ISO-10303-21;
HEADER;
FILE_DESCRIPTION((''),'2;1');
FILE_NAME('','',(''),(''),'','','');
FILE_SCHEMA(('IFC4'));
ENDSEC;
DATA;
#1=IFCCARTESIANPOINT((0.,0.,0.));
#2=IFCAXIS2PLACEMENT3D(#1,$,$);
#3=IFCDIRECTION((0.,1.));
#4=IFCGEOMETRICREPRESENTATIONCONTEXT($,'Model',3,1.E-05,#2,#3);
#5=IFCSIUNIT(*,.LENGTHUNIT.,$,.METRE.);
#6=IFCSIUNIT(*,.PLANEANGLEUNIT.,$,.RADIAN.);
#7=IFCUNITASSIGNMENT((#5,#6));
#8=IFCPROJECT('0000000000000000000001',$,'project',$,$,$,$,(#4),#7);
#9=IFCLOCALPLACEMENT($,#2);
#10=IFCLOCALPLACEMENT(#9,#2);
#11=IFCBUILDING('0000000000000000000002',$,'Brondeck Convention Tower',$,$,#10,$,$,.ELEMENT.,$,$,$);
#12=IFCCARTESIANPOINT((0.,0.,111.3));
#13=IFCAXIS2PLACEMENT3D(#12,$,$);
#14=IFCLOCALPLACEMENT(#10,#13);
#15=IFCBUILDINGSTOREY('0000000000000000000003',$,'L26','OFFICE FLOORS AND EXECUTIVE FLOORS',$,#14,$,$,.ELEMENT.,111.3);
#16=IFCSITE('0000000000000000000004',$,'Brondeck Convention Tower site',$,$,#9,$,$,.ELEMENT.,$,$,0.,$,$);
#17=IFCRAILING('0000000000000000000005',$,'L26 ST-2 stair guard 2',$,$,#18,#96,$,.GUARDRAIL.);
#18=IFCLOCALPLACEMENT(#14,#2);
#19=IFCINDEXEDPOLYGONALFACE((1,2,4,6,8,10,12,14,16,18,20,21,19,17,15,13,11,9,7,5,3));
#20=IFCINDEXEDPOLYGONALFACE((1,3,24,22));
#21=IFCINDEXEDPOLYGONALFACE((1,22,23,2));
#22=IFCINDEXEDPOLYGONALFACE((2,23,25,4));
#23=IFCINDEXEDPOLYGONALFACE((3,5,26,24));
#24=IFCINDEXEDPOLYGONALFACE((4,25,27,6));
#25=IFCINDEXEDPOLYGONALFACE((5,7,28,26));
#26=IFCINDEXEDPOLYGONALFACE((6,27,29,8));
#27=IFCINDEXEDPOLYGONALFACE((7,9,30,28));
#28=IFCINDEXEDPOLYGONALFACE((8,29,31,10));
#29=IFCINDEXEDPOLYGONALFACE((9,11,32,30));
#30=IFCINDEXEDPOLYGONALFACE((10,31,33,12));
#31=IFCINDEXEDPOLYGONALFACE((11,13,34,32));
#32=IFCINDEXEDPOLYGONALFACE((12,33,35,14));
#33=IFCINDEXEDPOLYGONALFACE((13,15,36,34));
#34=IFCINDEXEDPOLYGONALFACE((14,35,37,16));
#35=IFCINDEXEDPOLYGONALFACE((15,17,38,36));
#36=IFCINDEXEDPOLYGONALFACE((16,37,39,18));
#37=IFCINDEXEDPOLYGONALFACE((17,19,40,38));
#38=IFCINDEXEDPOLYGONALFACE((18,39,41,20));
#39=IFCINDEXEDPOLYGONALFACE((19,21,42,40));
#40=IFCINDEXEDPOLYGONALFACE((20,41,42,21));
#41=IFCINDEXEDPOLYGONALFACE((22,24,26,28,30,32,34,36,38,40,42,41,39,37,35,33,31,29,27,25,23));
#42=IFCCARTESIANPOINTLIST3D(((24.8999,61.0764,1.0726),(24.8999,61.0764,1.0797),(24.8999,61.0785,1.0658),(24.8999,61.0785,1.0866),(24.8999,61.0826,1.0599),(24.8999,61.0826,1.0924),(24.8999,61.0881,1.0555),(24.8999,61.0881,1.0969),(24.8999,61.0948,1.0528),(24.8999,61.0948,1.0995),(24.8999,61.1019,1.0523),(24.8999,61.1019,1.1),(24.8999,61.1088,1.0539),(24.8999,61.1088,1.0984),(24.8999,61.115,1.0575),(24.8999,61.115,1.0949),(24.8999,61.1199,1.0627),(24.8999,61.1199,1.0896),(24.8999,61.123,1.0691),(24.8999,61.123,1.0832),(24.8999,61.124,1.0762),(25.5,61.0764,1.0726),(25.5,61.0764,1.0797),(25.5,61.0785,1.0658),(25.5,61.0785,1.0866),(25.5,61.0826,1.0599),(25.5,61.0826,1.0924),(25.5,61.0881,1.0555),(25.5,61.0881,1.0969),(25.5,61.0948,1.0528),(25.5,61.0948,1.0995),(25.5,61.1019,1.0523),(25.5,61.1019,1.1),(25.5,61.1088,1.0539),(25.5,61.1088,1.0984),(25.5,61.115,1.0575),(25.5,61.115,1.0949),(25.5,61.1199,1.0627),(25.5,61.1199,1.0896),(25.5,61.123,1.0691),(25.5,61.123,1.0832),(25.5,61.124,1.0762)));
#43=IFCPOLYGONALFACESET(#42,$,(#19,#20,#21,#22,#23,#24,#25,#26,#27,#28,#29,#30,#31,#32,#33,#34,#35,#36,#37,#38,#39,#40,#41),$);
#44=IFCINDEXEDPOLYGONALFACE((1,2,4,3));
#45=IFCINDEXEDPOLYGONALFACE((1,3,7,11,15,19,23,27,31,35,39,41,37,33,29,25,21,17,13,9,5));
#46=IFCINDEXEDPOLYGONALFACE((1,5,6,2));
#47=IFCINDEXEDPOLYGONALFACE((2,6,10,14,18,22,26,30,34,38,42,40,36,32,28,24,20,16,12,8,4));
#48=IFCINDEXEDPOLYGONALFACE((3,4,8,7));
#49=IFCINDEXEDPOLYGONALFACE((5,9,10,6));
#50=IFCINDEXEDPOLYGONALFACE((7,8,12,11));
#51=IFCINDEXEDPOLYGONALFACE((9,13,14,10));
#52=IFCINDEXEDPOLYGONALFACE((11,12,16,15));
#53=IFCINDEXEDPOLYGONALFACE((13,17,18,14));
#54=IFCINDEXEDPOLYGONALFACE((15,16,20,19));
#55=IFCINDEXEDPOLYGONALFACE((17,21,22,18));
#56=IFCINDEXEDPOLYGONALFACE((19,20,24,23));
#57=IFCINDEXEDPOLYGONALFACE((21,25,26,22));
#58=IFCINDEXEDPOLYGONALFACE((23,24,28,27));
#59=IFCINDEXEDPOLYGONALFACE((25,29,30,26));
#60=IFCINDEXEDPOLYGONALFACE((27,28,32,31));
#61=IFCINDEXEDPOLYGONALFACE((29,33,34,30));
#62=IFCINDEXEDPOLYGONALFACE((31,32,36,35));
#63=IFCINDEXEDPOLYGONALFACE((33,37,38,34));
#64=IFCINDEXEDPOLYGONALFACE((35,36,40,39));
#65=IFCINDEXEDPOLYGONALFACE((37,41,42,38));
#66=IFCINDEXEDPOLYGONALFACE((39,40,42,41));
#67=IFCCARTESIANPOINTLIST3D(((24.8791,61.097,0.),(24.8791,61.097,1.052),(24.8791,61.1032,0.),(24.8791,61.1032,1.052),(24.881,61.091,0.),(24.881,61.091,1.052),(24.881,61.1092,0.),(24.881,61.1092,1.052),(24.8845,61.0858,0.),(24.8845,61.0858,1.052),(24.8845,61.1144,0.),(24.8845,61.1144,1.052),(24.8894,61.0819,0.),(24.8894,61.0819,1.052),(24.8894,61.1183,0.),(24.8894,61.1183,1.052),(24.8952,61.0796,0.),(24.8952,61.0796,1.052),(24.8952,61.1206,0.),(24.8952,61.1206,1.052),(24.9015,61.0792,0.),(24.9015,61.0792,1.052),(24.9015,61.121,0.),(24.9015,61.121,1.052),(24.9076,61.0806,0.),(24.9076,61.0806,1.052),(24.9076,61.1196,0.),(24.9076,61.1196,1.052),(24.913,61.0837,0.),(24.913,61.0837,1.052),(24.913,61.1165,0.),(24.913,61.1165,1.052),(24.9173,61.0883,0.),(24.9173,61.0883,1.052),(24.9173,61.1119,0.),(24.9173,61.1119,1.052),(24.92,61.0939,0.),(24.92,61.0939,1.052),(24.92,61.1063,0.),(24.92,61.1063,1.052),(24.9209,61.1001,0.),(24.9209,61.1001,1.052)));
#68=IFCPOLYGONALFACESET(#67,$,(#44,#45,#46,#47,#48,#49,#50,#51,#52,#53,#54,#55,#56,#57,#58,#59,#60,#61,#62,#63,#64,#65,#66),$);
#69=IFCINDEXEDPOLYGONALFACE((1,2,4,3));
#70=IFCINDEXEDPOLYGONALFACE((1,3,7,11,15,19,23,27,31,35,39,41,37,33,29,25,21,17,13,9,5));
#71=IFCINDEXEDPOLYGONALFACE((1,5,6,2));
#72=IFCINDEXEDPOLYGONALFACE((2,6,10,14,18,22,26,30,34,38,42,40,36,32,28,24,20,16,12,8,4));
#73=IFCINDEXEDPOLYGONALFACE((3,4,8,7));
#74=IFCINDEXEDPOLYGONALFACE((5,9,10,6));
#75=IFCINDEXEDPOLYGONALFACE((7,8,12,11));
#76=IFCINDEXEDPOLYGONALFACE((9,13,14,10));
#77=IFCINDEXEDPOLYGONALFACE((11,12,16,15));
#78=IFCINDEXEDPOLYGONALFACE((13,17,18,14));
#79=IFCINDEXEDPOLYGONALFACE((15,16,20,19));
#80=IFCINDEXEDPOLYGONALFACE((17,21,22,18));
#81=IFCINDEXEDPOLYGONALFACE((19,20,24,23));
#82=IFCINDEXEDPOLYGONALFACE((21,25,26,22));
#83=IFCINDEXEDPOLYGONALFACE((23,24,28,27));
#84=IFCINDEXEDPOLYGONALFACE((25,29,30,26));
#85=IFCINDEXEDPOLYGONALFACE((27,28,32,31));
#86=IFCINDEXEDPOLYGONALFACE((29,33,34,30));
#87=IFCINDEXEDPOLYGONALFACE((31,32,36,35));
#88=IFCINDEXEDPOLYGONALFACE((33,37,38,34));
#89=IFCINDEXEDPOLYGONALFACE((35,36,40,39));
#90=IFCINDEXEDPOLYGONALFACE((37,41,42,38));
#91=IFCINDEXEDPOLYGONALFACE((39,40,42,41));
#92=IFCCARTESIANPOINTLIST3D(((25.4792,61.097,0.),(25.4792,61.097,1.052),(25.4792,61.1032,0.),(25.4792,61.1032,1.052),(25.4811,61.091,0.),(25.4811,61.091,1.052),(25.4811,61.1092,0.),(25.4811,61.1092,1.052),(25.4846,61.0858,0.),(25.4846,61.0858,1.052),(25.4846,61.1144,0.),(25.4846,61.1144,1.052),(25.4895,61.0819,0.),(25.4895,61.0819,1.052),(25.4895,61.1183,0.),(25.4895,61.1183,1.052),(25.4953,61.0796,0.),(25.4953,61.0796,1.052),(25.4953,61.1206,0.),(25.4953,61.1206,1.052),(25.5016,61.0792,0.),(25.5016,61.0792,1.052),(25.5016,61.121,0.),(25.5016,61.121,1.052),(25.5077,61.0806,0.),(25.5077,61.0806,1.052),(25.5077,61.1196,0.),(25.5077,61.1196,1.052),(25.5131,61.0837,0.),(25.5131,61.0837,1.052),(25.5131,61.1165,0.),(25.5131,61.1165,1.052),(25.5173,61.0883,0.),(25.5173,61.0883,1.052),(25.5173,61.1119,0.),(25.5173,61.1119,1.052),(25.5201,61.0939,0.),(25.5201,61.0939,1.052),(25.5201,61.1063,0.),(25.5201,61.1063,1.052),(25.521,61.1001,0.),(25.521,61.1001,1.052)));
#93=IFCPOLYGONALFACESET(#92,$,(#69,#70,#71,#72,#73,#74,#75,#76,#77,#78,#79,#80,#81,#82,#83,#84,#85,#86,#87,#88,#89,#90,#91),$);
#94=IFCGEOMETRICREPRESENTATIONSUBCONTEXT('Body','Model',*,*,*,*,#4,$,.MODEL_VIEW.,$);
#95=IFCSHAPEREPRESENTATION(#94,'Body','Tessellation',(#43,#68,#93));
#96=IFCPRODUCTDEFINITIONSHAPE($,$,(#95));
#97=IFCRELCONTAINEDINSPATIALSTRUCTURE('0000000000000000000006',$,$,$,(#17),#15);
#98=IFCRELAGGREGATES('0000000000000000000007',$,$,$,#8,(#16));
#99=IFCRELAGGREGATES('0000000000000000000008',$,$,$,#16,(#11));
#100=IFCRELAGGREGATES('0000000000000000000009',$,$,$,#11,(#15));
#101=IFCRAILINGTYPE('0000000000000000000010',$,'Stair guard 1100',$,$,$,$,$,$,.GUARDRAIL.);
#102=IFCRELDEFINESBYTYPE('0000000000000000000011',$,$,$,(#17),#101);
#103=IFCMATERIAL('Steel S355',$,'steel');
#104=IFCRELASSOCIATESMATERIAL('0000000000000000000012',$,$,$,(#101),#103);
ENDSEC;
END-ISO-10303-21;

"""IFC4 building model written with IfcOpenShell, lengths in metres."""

from ifc_helpers import new_model, si_unit, direction, frame, origin, origin_2d, place, context, subcontext, project, spatial, circle, extrude, material, type_object, element, save


model = new_model("IFC4")

# Units and contexts
model_context = context("Model", 3, precision=1e-05, world=origin(), true_north=direction((0.0, 1.0)))
body_context = subcontext(model_context, "Body", "Model", "MODEL_VIEW")
ifc_project = project(units=[si_unit("LENGTHUNIT", "METRE"), si_unit("PLANEANGLEUNIT", "RADIAN")], contexts=[model_context])

# Site, building, storey
site_placement = place(None, origin())
site = spatial("IfcSite", under=ifc_project, at=site_placement, Name="Brondeck Convention Tower site", CompositionType="ELEMENT", RefElevation=0.0)
building_placement = place(site_placement, origin())
building = spatial("IfcBuilding", under=site, at=building_placement, Name="Brondeck Convention Tower", CompositionType="ELEMENT")
storey_placement = place(building_placement, frame((0.0, 0.0, 111.3)))
storey = spatial("IfcBuildingStorey", under=building, at=storey_placement, Name="L26", Description="OFFICE FLOORS AND EXECUTIVE FLOORS", CompositionType="ELEMENT", Elevation=111.3)

# Shared definitions
ifc_material_1 = material(Name="Steel S355", Category="steel")

# Railing
railing_type_1 = type_object("IfcRailingType", Name="Stair guard 1100", PredefinedType="GUARDRAIL", material=ifc_material_1)
railing_1_placement = place(storey_placement, frame((24.8999, 61.1001, 0.0)))
element("IfcRailing", 1, at=railing_1_placement, inside=storey, type_object=railing_type_1, Name="L26 ST-2 stair guard 2", PredefinedType="GUARDRAIL", context=body_context, shape_type="SweptSolid", body=[
    extrude(circle(Radius=0.0239, at=origin_2d()), frame((0.0, 0.0, 1.0762), z_axis=(1.0, 0.0, 0.0), x_axis=(0.0, 1.0, 0.0)), (0.0, 0.0, 1.0), 0.6001),
    extrude(circle(Radius=0.021, at=origin_2d()), origin(), (0.0, 0.0, 1.0), 1.052),
    extrude(circle(Radius=0.021, at=origin_2d()), frame((0.6001, 0.0, 0.0)), (0.0, 0.0, 1.0), 1.052),
])

save(model, "model.ifc")
